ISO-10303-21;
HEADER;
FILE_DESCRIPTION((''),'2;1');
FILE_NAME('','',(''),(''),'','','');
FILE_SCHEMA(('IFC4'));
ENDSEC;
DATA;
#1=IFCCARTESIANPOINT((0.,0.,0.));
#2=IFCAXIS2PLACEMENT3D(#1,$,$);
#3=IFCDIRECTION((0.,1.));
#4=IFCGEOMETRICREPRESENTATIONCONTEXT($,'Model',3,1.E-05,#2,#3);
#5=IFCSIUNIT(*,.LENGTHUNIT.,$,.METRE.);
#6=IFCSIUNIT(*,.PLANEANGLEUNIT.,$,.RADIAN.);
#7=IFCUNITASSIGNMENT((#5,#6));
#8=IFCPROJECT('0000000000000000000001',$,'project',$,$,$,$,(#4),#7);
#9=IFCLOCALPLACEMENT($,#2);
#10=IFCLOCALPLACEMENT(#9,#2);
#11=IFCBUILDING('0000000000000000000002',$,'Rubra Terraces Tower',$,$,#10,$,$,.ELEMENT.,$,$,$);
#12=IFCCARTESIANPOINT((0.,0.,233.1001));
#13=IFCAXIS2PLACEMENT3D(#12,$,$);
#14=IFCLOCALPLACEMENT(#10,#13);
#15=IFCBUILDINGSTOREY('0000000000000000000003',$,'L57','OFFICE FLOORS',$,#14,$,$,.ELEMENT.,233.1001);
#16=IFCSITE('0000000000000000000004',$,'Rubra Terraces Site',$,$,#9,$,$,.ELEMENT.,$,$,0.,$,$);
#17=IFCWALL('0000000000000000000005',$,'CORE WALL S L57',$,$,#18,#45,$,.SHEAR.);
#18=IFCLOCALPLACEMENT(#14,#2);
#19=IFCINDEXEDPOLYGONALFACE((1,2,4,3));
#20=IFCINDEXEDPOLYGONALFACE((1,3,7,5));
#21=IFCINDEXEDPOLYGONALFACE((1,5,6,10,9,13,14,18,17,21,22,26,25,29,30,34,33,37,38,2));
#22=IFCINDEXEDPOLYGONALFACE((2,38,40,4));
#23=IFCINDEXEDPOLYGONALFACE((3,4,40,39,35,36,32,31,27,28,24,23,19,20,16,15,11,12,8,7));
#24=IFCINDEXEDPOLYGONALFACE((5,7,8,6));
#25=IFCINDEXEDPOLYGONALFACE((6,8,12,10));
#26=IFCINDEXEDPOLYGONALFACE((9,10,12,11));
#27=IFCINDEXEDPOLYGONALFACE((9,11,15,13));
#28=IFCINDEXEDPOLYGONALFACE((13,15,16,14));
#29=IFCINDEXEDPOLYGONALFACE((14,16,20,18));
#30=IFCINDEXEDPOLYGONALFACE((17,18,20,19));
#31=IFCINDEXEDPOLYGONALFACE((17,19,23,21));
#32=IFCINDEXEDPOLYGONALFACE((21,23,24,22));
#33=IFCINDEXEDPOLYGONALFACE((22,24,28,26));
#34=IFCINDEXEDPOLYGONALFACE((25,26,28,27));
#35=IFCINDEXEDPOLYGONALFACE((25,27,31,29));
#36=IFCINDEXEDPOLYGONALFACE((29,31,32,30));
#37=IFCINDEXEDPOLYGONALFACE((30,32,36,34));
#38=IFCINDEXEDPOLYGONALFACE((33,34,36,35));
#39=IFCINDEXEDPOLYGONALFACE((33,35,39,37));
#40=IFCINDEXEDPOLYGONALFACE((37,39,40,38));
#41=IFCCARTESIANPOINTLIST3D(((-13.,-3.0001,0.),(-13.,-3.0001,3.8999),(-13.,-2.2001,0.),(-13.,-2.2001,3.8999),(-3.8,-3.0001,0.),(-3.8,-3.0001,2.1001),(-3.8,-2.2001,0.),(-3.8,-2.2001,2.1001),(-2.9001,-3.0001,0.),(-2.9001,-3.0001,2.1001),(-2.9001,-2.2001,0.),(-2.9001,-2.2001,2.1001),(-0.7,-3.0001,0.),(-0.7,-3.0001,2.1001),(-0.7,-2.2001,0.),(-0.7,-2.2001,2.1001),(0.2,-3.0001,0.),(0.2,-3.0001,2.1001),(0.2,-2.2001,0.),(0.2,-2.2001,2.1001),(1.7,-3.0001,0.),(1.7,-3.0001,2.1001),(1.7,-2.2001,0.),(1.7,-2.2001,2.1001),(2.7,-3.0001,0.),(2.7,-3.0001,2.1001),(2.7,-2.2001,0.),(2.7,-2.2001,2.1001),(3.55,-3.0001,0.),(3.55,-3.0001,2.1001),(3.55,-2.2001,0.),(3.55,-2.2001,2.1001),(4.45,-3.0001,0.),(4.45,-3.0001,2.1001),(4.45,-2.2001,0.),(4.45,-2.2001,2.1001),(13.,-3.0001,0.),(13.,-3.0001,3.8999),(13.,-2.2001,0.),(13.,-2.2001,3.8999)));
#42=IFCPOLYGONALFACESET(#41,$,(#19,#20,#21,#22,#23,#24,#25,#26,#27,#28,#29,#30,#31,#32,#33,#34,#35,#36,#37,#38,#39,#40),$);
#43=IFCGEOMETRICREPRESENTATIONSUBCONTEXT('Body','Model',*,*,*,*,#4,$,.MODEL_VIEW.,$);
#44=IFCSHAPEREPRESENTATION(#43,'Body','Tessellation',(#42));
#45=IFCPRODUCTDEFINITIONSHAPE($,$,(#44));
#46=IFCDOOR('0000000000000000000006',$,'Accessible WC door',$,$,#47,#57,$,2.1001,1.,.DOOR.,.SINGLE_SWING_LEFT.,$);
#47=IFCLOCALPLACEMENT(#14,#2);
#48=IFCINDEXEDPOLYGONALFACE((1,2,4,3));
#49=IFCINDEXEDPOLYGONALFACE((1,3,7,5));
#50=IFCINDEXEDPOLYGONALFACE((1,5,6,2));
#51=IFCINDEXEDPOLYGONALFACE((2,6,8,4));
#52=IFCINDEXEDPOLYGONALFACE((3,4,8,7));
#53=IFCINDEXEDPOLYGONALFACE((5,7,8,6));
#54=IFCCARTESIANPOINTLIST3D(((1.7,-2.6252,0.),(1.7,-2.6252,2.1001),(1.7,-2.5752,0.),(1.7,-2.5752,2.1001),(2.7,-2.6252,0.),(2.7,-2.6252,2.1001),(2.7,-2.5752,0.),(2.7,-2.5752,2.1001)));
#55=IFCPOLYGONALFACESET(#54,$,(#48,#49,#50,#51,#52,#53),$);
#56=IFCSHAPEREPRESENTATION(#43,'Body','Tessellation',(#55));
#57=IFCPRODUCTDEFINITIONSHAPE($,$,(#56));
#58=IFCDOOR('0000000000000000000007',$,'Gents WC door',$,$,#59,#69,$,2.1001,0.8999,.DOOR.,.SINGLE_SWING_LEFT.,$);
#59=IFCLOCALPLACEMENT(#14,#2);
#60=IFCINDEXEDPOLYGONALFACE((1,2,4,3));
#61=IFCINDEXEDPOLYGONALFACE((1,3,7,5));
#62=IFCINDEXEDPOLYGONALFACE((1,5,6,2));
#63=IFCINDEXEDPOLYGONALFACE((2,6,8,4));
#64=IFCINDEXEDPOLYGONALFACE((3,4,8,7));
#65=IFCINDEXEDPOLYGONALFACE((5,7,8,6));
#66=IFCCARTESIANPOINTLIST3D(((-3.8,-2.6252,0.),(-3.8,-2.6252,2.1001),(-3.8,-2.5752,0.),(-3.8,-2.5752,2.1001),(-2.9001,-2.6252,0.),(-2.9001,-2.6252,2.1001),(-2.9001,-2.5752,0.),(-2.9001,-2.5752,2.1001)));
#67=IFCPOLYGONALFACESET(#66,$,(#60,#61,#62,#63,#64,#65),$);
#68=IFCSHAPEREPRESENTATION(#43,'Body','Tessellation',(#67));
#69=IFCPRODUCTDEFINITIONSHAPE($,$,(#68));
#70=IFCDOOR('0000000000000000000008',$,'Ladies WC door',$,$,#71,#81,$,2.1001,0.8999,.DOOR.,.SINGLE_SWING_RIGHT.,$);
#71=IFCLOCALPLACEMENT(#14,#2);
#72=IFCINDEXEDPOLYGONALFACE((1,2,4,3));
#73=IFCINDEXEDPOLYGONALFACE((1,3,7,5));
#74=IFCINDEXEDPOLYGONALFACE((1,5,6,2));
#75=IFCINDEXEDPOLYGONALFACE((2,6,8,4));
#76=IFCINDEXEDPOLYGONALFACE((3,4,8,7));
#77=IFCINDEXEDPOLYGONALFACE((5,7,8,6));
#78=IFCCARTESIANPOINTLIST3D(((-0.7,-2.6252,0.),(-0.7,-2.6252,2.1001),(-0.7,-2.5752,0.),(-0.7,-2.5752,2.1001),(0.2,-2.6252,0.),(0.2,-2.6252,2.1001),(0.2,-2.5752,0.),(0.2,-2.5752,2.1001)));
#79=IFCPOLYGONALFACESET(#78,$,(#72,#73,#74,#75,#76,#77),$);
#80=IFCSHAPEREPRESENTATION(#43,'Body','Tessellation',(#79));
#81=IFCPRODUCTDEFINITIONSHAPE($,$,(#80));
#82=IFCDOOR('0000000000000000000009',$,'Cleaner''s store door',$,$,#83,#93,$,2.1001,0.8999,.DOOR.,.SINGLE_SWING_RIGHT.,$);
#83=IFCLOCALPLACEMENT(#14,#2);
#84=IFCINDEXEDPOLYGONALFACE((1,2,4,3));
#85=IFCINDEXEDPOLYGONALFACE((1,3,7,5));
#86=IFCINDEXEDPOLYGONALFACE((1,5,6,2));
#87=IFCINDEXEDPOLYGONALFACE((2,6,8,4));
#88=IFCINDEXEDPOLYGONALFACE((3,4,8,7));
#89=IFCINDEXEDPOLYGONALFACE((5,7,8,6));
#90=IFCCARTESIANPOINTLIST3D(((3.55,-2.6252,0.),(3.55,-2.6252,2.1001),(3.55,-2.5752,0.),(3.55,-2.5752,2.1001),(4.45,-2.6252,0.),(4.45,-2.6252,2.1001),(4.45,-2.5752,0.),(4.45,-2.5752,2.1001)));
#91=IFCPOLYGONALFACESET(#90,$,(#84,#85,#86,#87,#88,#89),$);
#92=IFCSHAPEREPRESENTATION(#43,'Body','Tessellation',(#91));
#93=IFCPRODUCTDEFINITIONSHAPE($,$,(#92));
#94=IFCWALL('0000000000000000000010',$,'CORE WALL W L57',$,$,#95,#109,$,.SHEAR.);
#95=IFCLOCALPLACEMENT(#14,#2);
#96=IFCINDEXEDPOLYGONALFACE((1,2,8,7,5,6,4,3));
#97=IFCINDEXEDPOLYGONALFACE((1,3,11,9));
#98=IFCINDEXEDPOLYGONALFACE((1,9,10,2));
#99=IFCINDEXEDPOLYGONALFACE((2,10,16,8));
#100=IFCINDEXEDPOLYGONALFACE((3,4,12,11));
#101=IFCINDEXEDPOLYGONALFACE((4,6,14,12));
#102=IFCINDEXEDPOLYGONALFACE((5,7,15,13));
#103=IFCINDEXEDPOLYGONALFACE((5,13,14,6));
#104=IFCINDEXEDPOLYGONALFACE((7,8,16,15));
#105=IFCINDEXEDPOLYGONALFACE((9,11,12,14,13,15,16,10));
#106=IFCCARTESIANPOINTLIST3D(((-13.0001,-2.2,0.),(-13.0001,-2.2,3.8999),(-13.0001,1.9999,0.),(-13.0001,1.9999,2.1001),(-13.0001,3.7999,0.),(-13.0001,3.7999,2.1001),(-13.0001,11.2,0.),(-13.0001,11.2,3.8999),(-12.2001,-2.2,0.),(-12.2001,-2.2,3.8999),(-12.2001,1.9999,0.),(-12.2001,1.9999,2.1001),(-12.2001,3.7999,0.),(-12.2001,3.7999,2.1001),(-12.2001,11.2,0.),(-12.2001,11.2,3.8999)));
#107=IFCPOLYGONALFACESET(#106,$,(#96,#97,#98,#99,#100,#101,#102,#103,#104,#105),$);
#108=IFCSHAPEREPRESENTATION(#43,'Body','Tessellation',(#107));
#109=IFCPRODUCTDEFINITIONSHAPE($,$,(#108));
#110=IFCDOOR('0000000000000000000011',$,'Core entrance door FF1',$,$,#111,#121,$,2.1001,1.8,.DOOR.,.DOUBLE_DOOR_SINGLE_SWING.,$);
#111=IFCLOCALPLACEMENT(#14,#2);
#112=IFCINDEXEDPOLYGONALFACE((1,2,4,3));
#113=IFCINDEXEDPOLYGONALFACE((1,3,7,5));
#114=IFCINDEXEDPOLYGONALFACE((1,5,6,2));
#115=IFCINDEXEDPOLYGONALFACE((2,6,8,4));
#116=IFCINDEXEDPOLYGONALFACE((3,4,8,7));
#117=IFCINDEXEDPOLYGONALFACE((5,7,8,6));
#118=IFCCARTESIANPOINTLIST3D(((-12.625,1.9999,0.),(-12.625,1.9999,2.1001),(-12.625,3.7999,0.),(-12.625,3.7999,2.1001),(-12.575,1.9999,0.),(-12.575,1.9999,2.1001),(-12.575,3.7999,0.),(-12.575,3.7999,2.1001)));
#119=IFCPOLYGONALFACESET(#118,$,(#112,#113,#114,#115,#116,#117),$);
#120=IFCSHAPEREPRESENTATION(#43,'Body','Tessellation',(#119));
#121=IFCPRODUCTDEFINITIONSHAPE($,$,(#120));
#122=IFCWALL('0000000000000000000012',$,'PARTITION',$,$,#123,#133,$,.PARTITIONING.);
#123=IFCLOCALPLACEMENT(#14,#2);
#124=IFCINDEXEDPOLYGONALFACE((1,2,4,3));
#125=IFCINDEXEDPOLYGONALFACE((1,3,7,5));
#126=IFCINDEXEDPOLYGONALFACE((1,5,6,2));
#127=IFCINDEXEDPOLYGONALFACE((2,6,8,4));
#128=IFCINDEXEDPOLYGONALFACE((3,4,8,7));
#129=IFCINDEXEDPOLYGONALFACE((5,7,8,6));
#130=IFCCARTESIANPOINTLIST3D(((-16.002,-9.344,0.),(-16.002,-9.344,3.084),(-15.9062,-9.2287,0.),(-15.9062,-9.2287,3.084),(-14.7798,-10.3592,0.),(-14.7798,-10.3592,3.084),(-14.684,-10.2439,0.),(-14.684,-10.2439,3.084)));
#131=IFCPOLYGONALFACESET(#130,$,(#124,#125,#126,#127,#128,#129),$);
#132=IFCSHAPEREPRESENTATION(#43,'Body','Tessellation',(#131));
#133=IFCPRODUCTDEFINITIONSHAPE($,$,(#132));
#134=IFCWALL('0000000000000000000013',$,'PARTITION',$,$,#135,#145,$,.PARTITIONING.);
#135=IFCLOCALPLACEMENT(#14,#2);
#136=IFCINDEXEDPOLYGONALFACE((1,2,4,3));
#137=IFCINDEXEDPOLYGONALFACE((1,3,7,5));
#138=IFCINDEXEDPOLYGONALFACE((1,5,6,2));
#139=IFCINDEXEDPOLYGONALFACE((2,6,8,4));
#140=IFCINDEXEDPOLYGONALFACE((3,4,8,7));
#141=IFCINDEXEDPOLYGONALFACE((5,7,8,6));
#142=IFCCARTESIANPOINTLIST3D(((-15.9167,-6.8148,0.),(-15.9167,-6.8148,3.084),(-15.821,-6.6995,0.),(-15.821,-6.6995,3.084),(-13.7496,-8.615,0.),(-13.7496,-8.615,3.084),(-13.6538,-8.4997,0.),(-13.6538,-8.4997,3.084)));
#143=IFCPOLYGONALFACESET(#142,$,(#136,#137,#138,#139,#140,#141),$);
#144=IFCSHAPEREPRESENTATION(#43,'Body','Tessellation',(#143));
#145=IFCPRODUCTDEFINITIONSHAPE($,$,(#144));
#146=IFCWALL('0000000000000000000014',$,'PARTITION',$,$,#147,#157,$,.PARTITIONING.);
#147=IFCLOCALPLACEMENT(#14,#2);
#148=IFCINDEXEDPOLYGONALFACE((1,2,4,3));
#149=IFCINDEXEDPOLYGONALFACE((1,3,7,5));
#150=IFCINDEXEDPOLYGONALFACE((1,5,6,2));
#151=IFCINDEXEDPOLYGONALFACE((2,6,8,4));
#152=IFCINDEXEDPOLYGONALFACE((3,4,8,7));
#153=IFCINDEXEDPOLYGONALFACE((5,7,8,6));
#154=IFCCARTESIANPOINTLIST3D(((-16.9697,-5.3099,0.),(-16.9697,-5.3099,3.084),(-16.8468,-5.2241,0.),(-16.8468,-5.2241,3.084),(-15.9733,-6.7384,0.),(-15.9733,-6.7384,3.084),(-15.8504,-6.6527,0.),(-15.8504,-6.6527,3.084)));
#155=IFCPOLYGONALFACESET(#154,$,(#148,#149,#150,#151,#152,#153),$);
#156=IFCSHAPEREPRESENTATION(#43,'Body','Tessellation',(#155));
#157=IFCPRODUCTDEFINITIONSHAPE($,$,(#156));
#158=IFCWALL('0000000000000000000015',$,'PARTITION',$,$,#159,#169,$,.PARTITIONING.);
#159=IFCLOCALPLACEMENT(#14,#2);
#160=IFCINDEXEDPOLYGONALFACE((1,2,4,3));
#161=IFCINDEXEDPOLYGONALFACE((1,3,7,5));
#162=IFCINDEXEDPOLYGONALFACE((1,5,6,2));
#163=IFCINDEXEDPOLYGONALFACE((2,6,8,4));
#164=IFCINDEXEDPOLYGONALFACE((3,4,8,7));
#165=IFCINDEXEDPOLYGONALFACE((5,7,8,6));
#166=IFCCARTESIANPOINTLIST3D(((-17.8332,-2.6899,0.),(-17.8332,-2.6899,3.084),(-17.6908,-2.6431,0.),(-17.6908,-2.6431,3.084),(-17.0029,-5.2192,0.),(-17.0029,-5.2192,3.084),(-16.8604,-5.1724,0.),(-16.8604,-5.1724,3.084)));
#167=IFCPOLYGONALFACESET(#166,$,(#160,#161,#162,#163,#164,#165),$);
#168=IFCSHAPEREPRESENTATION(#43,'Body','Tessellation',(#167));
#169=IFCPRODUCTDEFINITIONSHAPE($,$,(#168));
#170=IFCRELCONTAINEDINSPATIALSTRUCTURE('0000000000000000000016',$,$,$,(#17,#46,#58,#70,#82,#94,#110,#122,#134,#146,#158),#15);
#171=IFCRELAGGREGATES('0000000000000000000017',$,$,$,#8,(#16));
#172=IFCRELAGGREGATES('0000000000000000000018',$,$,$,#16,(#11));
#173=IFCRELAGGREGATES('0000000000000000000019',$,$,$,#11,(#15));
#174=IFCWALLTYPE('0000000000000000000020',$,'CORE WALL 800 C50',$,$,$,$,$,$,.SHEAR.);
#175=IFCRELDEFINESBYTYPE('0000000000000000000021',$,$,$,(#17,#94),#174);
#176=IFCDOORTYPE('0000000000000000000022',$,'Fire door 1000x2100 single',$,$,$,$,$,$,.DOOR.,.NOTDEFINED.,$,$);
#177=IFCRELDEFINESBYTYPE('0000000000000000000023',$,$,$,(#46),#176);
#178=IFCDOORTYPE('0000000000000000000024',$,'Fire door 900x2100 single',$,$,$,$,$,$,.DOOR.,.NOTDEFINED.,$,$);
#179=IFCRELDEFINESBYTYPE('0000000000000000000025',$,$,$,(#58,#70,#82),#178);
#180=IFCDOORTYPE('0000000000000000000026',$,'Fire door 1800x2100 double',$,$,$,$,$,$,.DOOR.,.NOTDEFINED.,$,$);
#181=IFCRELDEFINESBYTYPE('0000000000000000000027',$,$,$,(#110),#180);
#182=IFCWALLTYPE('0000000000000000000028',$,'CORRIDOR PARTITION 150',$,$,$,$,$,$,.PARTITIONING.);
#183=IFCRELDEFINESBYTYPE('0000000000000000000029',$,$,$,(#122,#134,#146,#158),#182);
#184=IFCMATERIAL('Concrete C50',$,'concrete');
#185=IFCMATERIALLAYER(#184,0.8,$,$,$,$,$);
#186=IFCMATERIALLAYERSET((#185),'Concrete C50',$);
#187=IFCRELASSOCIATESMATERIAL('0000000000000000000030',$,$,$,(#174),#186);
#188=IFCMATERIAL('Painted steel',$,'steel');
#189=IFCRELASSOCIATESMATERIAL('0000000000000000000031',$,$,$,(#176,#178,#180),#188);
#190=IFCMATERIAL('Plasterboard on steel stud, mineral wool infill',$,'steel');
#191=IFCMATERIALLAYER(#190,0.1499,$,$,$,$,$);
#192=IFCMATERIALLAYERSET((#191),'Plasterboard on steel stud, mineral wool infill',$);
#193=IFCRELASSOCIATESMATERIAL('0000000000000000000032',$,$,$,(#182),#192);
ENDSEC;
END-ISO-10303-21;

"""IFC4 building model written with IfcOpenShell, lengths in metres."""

from ifc_helpers import new_model, si_unit, direction, frame, frame_2d, origin, place, context, subcontext, project, spatial, rectangle, extrude, material, layer, layer_set, type_object, element, fill, save


model = new_model("IFC4")

# Units and contexts
model_context = context("Model", 3, precision=1e-05, world=origin(), true_north=direction((0.0, 1.0)))
body_context = subcontext(model_context, "Body", "Model", "MODEL_VIEW")
ifc_project = project(units=[si_unit("LENGTHUNIT", "METRE"), si_unit("PLANEANGLEUNIT", "RADIAN")], contexts=[model_context])

# Site, building, storey
site_placement = place(None, origin())
site = spatial("IfcSite", under=ifc_project, at=site_placement, Name="Rubra Terraces Site", CompositionType="ELEMENT", RefElevation=0.0)
building_placement = place(site_placement, origin())
building = spatial("IfcBuilding", under=site, at=building_placement, Name="Rubra Terraces Tower", CompositionType="ELEMENT")
storey_placement = place(building_placement, frame((0.0, 0.0, 233.1001)))
storey = spatial("IfcBuildingStorey", under=building, at=storey_placement, Name="L57", Description="OFFICE FLOORS", CompositionType="ELEMENT", Elevation=233.1001)

# Wall, openings, doors
ifc_material_1 = material(Name="Concrete C50", Category="concrete")
ifc_layer_1 = layer(ifc_material_1, 0.8)
ifc_layer_set_1 = layer_set([ifc_layer_1], Name="Concrete C50")
wall_type_1 = type_object("IfcWallType", Name="CORE WALL 800 C50", PredefinedType="SHEAR", material=ifc_layer_set_1)
wall_1_placement = place(storey_placement, frame((-13.0, -2.6001, 0.0), z_axis=(0.0, 0.0, 1.0), x_axis=(1.0, 0.0, 0.0)))
wall_1 = element("IfcWall", 1, at=wall_1_placement, inside=storey, type_object=wall_type_1, Name="CORE WALL S L57", PredefinedType="SHEAR", context=body_context, shape_type="SweptSolid", body=[
    extrude(rectangle(XDim=26.0, YDim=0.8, at=frame_2d((13.0, 0.0))), origin(), (0.0, 0.0, 1.0), 3.8999),
])
opening_1_placement = place(wall_1_placement, frame((9.2, 0.0, 0.0)))
opening_1 = element("IfcOpeningElement", 2, at=opening_1_placement, cuts=wall_1, PredefinedType="OPENING", context=body_context, shape_type="SweptSolid", body=[
    extrude(rectangle(XDim=0.8999, YDim=2.1001, at=frame_2d((0.45, 1.05))), frame((0.0, 0.4099, 0.0), z_axis=(0.0, -1.0, 0.0), x_axis=(1.0, 0.0, 0.0)), (0.0, 0.0, 1.0), 0.8201),
])
opening_2_placement = place(wall_1_placement, frame((12.3, 0.0, 0.0)))
opening_2 = element("IfcOpeningElement", 3, at=opening_2_placement, cuts=wall_1, PredefinedType="OPENING", context=body_context, shape_type="SweptSolid", body=[
    extrude(rectangle(XDim=0.8999, YDim=2.1001, at=frame_2d((0.45, 1.05))), frame((0.0, 0.4099, 0.0), z_axis=(0.0, -1.0, 0.0), x_axis=(1.0, 0.0, 0.0)), (0.0, 0.0, 1.0), 0.8201),
])
opening_3_placement = place(wall_1_placement, frame((14.7, 0.0, 0.0)))
opening_3 = element("IfcOpeningElement", 4, at=opening_3_placement, cuts=wall_1, PredefinedType="OPENING", context=body_context, shape_type="SweptSolid", body=[
    extrude(rectangle(XDim=1.0, YDim=2.1001, at=frame_2d((0.5, 1.05))), frame((0.0, 0.4099, 0.0), z_axis=(0.0, -1.0, 0.0), x_axis=(1.0, 0.0, 0.0)), (0.0, 0.0, 1.0), 0.8201),
])
opening_4_placement = place(wall_1_placement, frame((16.55, 0.0, 0.0)))
opening_4 = element("IfcOpeningElement", 5, at=opening_4_placement, cuts=wall_1, PredefinedType="OPENING", context=body_context, shape_type="SweptSolid", body=[
    extrude(rectangle(XDim=0.8999, YDim=2.1001, at=frame_2d((0.45, 1.05))), frame((0.0, 0.4099, 0.0), z_axis=(0.0, -1.0, 0.0), x_axis=(1.0, 0.0, 0.0)), (0.0, 0.0, 1.0), 0.8201),
])
ifc_material_2 = material(Name="Painted steel", Category="steel")
door_type_1 = type_object("IfcDoorType", Name="Fire door 1000x2100 single", OperationType="NOTDEFINED", PredefinedType="DOOR", material=ifc_material_2)
door_1_placement = place(opening_3_placement, origin())
door_1 = element("IfcDoor", 6, at=door_1_placement, inside=storey, type_object=door_type_1, Name="Accessible WC door", OperationType="SINGLE_SWING_LEFT", OverallHeight=2.1001, OverallWidth=1.0, PredefinedType="DOOR", context=body_context, shape_type="SweptSolid", body=[
    extrude(rectangle(XDim=1.0, YDim=2.1001, at=frame_2d((0.5, 1.05))), frame((0.0, 0.0249, 0.0), z_axis=(0.0, -1.0, 0.0), x_axis=(1.0, 0.0, 0.0)), (0.0, 0.0, 1.0), 0.05),
])
fill(opening_3, door_1)
door_type_2 = type_object("IfcDoorType", Name="Fire door 900x2100 single", OperationType="NOTDEFINED", PredefinedType="DOOR", material=ifc_material_2)
door_2_placement = place(opening_1_placement, origin())
door_2 = element("IfcDoor", 7, at=door_2_placement, inside=storey, type_object=door_type_2, Name="Gents WC door", OperationType="SINGLE_SWING_LEFT", OverallHeight=2.1001, OverallWidth=0.8999, PredefinedType="DOOR", context=body_context, shape_type="SweptSolid", body=[
    extrude(rectangle(XDim=0.8999, YDim=2.1001, at=frame_2d((0.45, 1.05))), frame((0.0, 0.0249, 0.0), z_axis=(0.0, -1.0, 0.0), x_axis=(1.0, 0.0, 0.0)), (0.0, 0.0, 1.0), 0.05),
])
fill(opening_1, door_2)
door_3_placement = place(opening_2_placement, origin())
door_3 = element("IfcDoor", 8, at=door_3_placement, inside=storey, type_object=door_type_2, Name="Ladies WC door", OperationType="SINGLE_SWING_RIGHT", OverallHeight=2.1001, OverallWidth=0.8999, PredefinedType="DOOR", context=body_context, shape_type="SweptSolid", body=[
    extrude(rectangle(XDim=0.8999, YDim=2.1001, at=frame_2d((0.45, 1.05))), frame((0.0, 0.0249, 0.0), z_axis=(0.0, -1.0, 0.0), x_axis=(1.0, 0.0, 0.0)), (0.0, 0.0, 1.0), 0.05),
])
fill(opening_2, door_3)
door_4_placement = place(opening_4_placement, origin())
door_4 = element("IfcDoor", 9, at=door_4_placement, inside=storey, type_object=door_type_2, Name="Cleaner's store door", OperationType="SINGLE_SWING_RIGHT", OverallHeight=2.1001, OverallWidth=0.8999, PredefinedType="DOOR", context=body_context, shape_type="SweptSolid", body=[
    extrude(rectangle(XDim=0.8999, YDim=2.1001, at=frame_2d((0.45, 1.05))), frame((0.0, 0.0249, 0.0), z_axis=(0.0, -1.0, 0.0), x_axis=(1.0, 0.0, 0.0)), (0.0, 0.0, 1.0), 0.05),
])
fill(opening_4, door_4)

# Wall, opening, door
wall_2_placement = place(storey_placement, frame((-12.6001, -2.2, 0.0), z_axis=(0.0, 0.0, 1.0), x_axis=(0.0, 1.0, 0.0)))
wall_2 = element("IfcWall", 10, at=wall_2_placement, inside=storey, type_object=wall_type_1, Name="CORE WALL W L57", PredefinedType="SHEAR", context=body_context, shape_type="SweptSolid", body=[
    extrude(rectangle(XDim=13.3999, YDim=0.8, at=frame_2d((6.7, 0.0))), origin(), (0.0, 0.0, 1.0), 3.8999),
])
opening_5_placement = place(wall_2_placement, frame((4.2, 0.0, 0.0)))
opening_5 = element("IfcOpeningElement", 11, at=opening_5_placement, cuts=wall_2, PredefinedType="OPENING", context=body_context, shape_type="SweptSolid", body=[
    extrude(rectangle(XDim=1.8, YDim=2.1001, at=frame_2d((0.8999, 1.05))), frame((0.0, 0.4099, 0.0), z_axis=(0.0, -1.0, 0.0), x_axis=(1.0, 0.0, 0.0)), (0.0, 0.0, 1.0), 0.8201),
])
door_type_3 = type_object("IfcDoorType", Name="Fire door 1800x2100 double", OperationType="NOTDEFINED", PredefinedType="DOOR", material=ifc_material_2)
door_5_placement = place(opening_5_placement, origin())
door_5 = element("IfcDoor", 12, at=door_5_placement, inside=storey, type_object=door_type_3, Name="Core entrance door FF1", OperationType="DOUBLE_DOOR_SINGLE_SWING", OverallHeight=2.1001, OverallWidth=1.8, PredefinedType="DOOR", context=body_context, shape_type="SweptSolid", body=[
    extrude(rectangle(XDim=1.8, YDim=2.1001, at=frame_2d((0.8999, 1.05))), frame((0.0, 0.0249, 0.0), z_axis=(0.0, -1.0, 0.0), x_axis=(1.0, 0.0, 0.0)), (0.0, 0.0, 1.0), 0.05),
])
fill(opening_5, door_5)

# Walls
ifc_material_3 = material(Name="Plasterboard on steel stud, mineral wool infill", Category="steel")
ifc_layer_2 = layer(ifc_material_3, 0.1499)
ifc_layer_set_2 = layer_set([ifc_layer_2], Name="Plasterboard on steel stud, mineral wool infill")
wall_type_2 = type_object("IfcWallType", Name="CORRIDOR PARTITION 150", PredefinedType="PARTITIONING", material=ifc_layer_set_2)
wall_3_placement = place(storey_placement, frame((-15.9541, -9.2864, 0.0), z_axis=(0.0, 0.0, 1.0), x_axis=(0.769253, -0.638944, 0.0)))
element("IfcWall", 13, at=wall_3_placement, inside=storey, type_object=wall_type_2, Name="PARTITION", PredefinedType="PARTITIONING", context=body_context, shape_type="SweptSolid", body=[
    extrude(rectangle(XDim=1.5889, YDim=0.1499, at=frame_2d((0.7944, 0.0))), origin(), (0.0, 0.0, 1.0), 3.084),
])
wall_4_placement = place(storey_placement, frame((-13.7017, -8.5574, 0.0), z_axis=(0.0, 0.0, 1.0), x_axis=(-0.769222, 0.638982, 0.0)))
element("IfcWall", 14, at=wall_4_placement, inside=storey, type_object=wall_type_2, Name="PARTITION", PredefinedType="PARTITIONING", context=body_context, shape_type="SweptSolid", body=[
    extrude(rectangle(XDim=2.8174, YDim=0.1499, at=frame_2d((1.4087, 0.0))), origin(), (0.0, 0.0, 1.0), 3.084),
])
wall_5_placement = place(storey_placement, frame((-15.9119, -6.6956, 0.0), z_axis=(0.0, 0.0, 1.0), x_axis=(-0.572079, 0.820199, 0.0)))
element("IfcWall", 15, at=wall_5_placement, inside=storey, type_object=wall_type_2, Name="PARTITION", PredefinedType="PARTITIONING", context=body_context, shape_type="SweptSolid", body=[
    extrude(rectangle(XDim=1.7417, YDim=0.1499, at=frame_2d((0.8708, 0.0))), origin(), (0.0, 0.0, 1.0), 3.084),
])
wall_6_placement = place(storey_placement, frame((-16.9316, -5.1958, 0.0), z_axis=(0.0, 0.0, 1.0), x_axis=(-0.311905, 0.950113, 0.0)))
element("IfcWall", 16, at=wall_6_placement, inside=storey, type_object=wall_type_2, Name="PARTITION", PredefinedType="PARTITIONING", context=body_context, shape_type="SweptSolid", body=[
    extrude(rectangle(XDim=2.6621, YDim=0.1499, at=frame_2d((1.3311, 0.0))), origin(), (0.0, 0.0, 1.0), 3.084),
])

save(model, "model.ifc")
